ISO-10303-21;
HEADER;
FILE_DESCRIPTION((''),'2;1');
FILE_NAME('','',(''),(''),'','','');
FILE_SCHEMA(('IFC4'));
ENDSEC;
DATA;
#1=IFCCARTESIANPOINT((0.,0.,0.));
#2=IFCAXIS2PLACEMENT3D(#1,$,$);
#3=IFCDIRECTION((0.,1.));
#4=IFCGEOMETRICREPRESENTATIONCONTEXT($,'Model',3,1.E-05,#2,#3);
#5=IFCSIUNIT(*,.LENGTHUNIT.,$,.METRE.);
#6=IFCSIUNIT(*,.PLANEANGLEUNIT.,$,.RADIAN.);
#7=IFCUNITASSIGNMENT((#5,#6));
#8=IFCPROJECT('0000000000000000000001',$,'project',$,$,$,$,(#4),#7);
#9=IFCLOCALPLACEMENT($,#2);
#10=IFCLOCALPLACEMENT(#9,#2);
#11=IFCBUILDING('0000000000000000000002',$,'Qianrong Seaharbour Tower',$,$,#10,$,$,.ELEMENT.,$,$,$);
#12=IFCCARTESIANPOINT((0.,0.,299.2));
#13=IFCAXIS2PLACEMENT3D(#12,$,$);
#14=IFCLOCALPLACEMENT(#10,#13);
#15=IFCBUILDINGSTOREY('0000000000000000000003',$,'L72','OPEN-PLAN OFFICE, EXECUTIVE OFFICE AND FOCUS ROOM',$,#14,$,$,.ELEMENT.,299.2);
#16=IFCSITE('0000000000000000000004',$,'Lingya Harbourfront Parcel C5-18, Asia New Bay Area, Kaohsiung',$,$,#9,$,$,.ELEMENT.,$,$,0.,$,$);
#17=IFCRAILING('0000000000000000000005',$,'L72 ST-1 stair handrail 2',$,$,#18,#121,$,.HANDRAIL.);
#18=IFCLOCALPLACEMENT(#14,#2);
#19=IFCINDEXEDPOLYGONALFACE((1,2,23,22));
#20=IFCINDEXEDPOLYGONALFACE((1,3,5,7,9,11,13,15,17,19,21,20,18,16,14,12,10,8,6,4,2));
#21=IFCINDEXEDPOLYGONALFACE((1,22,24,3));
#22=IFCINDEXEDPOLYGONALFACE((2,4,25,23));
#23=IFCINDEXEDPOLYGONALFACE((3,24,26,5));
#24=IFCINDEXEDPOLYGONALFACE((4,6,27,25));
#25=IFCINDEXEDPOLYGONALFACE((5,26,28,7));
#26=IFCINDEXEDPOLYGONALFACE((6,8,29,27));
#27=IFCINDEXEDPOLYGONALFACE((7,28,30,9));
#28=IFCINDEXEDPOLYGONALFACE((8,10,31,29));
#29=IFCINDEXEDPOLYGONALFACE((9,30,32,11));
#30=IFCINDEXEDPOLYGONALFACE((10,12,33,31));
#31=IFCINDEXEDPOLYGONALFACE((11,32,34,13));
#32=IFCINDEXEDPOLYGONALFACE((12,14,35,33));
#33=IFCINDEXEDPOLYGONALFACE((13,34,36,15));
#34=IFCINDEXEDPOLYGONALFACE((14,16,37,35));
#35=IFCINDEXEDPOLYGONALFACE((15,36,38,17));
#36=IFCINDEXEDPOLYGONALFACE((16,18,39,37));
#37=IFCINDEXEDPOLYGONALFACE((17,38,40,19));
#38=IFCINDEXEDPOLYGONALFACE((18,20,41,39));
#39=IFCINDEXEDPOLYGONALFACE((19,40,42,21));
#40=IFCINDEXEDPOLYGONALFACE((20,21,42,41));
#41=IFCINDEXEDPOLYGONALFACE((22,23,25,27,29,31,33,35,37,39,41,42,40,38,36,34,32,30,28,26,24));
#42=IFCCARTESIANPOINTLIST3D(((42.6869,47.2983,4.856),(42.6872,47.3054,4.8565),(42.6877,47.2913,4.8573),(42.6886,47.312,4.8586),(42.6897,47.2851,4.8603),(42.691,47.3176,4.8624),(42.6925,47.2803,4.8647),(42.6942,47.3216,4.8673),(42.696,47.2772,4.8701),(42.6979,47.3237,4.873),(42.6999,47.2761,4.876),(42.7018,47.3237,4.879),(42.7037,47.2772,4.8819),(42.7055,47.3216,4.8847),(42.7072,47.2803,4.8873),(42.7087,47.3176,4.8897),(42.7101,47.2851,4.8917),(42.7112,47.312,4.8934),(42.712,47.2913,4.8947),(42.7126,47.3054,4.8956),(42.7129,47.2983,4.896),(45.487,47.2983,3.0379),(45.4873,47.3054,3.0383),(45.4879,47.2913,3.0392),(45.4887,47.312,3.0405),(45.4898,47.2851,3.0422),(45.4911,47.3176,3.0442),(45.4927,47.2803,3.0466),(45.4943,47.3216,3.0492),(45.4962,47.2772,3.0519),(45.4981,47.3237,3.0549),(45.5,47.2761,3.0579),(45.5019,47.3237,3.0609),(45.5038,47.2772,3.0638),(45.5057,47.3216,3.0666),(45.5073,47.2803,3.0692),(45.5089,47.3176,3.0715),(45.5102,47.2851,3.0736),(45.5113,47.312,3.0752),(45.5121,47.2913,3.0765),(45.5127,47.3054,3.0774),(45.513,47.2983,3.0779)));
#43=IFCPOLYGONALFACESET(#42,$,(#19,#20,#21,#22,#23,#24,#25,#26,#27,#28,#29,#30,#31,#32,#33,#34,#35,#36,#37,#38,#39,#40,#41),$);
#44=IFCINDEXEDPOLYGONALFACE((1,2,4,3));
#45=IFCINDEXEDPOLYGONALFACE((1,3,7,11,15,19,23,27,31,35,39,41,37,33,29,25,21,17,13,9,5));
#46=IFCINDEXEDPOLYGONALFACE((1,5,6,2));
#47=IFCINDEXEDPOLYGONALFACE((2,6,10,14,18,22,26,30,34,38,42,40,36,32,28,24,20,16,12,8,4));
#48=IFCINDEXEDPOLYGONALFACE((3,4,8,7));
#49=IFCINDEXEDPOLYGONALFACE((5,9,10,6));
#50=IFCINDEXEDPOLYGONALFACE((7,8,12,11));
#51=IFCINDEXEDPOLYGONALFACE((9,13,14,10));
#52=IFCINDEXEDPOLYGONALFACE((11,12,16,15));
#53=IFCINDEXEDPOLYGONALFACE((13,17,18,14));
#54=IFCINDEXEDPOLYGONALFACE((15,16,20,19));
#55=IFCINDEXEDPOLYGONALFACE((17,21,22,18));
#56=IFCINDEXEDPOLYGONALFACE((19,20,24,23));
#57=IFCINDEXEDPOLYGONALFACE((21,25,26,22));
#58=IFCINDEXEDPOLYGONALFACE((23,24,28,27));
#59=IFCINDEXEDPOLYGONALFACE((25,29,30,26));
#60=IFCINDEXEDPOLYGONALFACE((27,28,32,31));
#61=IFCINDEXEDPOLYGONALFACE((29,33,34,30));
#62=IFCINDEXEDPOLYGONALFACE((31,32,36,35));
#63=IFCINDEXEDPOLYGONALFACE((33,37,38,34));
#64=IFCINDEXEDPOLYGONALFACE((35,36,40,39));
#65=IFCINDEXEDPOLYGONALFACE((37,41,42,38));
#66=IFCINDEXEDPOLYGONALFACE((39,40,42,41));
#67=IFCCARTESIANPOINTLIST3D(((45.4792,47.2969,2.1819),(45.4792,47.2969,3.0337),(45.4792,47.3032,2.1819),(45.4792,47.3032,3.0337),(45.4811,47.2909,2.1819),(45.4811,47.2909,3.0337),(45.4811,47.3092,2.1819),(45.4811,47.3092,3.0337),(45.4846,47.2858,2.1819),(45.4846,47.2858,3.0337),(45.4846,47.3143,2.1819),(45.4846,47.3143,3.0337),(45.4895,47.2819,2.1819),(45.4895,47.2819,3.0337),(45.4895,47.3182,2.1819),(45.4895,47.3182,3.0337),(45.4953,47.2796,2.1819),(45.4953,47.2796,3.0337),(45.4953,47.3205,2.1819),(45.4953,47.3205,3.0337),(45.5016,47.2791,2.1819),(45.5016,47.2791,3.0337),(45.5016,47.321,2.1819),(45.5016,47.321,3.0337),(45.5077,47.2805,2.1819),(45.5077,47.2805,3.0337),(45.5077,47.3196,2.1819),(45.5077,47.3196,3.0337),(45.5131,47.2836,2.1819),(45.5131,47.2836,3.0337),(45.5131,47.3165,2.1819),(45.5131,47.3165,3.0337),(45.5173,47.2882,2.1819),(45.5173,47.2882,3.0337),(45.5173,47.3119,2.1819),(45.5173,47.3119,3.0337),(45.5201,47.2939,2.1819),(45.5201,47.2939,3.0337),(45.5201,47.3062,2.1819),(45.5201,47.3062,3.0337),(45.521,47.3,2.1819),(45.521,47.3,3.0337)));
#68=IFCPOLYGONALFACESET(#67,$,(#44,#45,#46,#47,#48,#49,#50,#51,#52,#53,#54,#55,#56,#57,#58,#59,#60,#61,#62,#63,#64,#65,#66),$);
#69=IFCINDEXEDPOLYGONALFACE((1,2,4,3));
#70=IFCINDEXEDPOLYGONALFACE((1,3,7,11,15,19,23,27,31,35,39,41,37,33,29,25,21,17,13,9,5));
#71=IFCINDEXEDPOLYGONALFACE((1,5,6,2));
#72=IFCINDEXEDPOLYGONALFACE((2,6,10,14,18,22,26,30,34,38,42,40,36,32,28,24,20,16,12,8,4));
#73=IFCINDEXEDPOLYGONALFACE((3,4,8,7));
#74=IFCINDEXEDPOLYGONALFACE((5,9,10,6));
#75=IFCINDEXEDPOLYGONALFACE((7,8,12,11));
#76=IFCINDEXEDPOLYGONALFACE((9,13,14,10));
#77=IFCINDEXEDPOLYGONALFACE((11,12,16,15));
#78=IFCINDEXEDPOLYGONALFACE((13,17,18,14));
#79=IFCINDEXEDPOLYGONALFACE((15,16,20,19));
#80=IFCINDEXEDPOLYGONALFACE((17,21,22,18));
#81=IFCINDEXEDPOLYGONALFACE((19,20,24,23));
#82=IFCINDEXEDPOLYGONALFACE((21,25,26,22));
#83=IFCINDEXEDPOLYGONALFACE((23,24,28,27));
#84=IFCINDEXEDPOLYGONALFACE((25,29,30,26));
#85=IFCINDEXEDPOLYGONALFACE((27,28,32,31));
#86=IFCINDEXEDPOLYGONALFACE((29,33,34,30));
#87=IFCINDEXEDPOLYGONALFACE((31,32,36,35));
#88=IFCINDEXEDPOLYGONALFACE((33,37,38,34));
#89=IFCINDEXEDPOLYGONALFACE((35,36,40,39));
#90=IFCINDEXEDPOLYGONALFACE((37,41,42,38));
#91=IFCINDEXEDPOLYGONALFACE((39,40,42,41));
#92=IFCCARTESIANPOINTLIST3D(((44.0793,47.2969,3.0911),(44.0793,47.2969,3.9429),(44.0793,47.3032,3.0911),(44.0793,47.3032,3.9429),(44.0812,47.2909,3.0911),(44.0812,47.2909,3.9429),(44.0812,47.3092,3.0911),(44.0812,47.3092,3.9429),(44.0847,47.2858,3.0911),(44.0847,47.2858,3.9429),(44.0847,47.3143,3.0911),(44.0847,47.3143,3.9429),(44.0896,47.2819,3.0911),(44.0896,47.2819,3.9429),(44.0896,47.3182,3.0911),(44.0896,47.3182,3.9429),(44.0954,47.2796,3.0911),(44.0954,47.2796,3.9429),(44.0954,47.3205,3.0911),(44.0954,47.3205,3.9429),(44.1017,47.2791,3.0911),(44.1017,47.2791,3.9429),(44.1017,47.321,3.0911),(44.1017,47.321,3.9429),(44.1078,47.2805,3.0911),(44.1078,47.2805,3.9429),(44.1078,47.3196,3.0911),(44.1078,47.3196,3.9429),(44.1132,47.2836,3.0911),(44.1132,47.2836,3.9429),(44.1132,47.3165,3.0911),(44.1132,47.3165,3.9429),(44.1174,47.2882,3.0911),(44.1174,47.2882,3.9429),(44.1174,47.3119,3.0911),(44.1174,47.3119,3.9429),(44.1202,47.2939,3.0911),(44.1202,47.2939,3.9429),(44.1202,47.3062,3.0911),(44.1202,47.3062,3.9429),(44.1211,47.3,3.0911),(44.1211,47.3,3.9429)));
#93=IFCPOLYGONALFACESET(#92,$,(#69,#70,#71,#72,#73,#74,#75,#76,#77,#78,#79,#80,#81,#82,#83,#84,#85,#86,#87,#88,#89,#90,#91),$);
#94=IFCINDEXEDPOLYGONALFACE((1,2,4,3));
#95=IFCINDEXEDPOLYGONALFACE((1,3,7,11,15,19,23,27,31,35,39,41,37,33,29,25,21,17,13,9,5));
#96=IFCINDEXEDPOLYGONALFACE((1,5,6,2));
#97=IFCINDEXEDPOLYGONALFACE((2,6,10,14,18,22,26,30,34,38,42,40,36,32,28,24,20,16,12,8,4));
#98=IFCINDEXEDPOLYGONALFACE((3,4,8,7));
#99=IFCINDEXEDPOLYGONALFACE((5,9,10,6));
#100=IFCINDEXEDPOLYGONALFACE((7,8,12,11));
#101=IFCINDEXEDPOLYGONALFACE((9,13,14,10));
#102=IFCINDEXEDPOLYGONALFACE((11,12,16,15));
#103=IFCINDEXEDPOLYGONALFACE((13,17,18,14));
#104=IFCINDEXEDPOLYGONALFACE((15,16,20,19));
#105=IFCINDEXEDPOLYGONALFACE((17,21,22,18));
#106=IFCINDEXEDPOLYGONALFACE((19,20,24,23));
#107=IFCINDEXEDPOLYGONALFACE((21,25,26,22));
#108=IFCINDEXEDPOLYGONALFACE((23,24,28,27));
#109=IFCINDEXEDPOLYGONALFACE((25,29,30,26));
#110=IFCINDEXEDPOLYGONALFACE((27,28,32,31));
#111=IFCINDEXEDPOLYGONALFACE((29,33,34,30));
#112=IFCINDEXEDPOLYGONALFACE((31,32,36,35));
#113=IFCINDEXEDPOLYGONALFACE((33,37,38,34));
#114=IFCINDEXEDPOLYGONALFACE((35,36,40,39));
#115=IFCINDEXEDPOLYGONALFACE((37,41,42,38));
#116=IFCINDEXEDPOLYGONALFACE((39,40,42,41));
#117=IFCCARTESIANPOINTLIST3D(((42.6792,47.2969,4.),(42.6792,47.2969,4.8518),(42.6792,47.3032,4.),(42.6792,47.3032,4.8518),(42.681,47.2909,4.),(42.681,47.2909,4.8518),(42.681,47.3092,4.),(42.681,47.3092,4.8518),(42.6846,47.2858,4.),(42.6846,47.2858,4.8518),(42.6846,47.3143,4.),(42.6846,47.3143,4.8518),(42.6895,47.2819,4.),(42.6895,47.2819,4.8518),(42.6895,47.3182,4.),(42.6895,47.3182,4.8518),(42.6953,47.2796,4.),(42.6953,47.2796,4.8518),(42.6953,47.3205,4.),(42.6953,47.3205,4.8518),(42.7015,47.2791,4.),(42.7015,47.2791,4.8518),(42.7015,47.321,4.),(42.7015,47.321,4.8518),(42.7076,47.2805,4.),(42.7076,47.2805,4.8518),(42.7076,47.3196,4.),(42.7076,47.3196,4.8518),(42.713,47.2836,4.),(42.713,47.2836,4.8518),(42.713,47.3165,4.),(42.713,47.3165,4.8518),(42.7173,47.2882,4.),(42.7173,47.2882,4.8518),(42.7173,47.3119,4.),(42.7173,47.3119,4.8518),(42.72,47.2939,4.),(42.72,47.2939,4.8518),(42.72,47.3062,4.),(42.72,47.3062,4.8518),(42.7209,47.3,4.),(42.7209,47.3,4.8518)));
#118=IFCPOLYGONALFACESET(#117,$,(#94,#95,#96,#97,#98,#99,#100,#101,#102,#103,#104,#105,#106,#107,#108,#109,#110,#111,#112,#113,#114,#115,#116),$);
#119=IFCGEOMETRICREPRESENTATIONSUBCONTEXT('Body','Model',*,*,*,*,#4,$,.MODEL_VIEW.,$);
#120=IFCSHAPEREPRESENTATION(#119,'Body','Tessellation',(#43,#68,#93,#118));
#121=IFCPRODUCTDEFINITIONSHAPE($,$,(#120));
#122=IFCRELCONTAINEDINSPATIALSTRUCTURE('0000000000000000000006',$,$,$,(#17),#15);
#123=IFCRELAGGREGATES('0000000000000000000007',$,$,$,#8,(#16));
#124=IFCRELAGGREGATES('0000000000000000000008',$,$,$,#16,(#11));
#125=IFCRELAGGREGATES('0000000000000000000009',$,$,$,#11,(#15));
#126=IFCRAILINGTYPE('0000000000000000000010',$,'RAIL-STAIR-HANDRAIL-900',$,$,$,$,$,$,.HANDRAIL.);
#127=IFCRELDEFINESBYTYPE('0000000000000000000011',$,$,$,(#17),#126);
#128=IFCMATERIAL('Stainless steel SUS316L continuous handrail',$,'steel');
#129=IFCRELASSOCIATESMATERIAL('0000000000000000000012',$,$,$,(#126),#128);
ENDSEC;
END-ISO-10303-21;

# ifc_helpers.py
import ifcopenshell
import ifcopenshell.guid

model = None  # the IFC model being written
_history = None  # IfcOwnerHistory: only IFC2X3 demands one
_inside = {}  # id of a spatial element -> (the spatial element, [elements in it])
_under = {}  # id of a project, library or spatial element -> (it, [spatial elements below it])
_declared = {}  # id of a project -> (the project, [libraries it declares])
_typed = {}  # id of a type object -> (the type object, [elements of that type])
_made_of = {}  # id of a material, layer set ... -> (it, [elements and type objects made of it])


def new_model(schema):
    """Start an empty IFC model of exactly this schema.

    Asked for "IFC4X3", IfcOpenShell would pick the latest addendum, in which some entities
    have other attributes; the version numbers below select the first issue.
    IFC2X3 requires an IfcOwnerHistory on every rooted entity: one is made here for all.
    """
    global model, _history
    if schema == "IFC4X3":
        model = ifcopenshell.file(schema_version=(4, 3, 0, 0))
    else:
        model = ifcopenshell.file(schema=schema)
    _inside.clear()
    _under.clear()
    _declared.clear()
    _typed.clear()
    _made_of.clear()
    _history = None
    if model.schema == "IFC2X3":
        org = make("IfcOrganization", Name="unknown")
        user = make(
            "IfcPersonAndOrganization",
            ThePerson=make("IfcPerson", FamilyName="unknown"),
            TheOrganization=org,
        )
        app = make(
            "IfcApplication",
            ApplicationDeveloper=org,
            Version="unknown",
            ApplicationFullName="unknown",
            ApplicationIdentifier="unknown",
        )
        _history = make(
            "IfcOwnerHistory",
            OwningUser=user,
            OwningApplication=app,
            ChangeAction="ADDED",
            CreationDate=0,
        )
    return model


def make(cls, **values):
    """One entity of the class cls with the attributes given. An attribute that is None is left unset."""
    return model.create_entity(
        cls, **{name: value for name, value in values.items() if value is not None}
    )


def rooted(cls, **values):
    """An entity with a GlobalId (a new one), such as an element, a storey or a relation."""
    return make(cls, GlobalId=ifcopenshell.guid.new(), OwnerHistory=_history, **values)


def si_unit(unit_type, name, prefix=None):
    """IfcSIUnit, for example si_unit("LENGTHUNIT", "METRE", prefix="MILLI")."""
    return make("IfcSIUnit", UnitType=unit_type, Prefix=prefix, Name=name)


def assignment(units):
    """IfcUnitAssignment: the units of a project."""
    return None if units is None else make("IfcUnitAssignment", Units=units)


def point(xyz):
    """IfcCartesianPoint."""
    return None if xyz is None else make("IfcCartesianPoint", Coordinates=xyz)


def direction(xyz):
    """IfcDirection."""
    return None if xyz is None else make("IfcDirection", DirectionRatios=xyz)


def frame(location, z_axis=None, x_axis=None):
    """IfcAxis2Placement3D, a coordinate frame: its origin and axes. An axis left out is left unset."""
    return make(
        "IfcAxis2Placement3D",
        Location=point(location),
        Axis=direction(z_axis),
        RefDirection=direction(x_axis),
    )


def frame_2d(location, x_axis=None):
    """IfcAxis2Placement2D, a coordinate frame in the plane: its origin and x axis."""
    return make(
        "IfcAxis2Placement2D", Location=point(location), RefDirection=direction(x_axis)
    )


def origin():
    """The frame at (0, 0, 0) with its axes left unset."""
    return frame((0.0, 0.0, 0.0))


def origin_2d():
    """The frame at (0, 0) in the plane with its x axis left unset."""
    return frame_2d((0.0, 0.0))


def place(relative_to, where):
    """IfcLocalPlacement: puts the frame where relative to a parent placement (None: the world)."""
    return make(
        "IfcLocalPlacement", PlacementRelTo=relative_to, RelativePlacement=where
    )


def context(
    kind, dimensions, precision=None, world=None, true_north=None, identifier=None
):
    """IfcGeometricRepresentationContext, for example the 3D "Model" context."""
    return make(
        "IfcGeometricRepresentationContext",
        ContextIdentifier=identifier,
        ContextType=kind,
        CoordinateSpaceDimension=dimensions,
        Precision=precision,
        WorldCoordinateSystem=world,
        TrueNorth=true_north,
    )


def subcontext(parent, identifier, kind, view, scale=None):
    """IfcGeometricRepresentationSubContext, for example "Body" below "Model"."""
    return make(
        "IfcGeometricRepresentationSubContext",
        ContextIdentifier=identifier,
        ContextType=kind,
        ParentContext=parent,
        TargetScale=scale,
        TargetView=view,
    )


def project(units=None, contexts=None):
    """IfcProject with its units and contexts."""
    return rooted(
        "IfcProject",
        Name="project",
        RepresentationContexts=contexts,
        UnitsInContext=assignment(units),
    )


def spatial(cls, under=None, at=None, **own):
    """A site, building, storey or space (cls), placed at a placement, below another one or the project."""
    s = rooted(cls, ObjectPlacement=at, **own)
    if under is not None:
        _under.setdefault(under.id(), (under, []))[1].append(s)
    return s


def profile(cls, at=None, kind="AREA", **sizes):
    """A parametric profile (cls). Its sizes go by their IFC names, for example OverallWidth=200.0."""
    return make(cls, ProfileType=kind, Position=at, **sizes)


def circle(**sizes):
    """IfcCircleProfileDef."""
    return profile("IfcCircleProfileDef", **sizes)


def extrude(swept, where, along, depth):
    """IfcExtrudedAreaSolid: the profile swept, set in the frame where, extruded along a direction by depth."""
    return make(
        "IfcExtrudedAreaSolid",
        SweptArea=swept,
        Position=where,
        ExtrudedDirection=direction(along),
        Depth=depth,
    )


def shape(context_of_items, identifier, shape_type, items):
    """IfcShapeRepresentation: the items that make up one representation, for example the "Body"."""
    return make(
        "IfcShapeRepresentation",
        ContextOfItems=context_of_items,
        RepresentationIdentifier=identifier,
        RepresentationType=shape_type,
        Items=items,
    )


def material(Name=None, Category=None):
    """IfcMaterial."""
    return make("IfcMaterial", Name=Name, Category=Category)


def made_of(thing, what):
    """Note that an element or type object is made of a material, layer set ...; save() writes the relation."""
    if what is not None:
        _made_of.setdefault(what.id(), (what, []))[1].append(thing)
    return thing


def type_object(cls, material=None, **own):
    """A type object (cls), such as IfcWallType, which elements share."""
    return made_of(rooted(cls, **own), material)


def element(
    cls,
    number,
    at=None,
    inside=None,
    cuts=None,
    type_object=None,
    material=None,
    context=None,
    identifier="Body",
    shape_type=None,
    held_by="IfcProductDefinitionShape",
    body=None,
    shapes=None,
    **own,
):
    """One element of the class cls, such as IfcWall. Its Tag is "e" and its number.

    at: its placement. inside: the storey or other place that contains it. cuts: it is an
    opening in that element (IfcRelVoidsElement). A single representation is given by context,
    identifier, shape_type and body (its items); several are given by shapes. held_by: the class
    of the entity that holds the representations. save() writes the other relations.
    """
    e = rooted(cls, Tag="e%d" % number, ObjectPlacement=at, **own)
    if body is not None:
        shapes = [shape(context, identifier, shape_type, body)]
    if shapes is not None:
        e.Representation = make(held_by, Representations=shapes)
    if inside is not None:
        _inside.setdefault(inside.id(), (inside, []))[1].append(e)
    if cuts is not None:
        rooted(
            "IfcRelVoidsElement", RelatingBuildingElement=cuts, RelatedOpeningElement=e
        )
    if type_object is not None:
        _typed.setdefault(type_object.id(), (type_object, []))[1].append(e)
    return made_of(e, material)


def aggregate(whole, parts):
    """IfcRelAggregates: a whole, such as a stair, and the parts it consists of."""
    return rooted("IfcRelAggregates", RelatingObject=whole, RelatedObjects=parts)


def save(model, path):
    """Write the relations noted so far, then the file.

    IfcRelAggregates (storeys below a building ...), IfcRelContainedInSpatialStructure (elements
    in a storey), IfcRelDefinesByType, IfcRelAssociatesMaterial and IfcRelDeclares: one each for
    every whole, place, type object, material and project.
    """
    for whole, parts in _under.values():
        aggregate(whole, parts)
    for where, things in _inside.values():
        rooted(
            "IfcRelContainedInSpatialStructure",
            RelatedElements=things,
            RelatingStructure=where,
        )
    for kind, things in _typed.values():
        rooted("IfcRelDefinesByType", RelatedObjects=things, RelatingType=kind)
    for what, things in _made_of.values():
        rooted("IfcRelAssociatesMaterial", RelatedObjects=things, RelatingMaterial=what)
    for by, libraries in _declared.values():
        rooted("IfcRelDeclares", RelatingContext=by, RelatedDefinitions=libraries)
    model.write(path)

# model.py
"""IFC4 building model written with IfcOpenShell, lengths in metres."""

from ifc_helpers import new_model, si_unit, direction, frame, origin, origin_2d, place, context, subcontext, project, spatial, circle, extrude, material, type_object, element, save


model = new_model("IFC4")

# Units and contexts
model_context = context("Model", 3, precision=1e-05, world=origin(), true_north=direction((0.0, 1.0)))
body_context = subcontext(model_context, "Body", "Model", "MODEL_VIEW")
ifc_project = project(units=[si_unit("LENGTHUNIT", "METRE"), si_unit("PLANEANGLEUNIT", "RADIAN")], contexts=[model_context])

# Site, building, storey
site_placement = place(None, origin())
site = spatial("IfcSite", under=ifc_project, at=site_placement, Name="Lingya Harbourfront Parcel C5-18, Asia New Bay Area, Kaohsiung", CompositionType="ELEMENT", RefElevation=0.0)
building_placement = place(site_placement, origin())
building = spatial("IfcBuilding", under=site, at=building_placement, Name="Qianrong Seaharbour Tower", CompositionType="ELEMENT")
storey_placement = place(building_placement, frame((0.0, 0.0, 299.2)))
storey = spatial("IfcBuildingStorey", under=building, at=storey_placement, Name="L72", Description="OPEN-PLAN OFFICE, EXECUTIVE OFFICE AND FOCUS ROOM", CompositionType="ELEMENT", Elevation=299.2)

# Railing
ifc_material_1 = material(Name="Stainless steel SUS316L continuous handrail", Category="steel")
railing_type_1 = type_object("IfcRailingType", Name="RAIL-STAIR-HANDRAIL-900", PredefinedType="HANDRAIL", material=ifc_material_1)
railing_1_placement = place(storey_placement, frame((45.5, 47.3, 2.1819)))
element("IfcRailing", 1, at=railing_1_placement, inside=storey, type_object=railing_type_1, Name="L72 ST-1 stair handrail 2", PredefinedType="HANDRAIL", context=body_context, shape_type="SweptSolid", body=[
    extrude(circle(Radius=0.0239, at=origin_2d()), frame((0.0, 0.0, 0.876), z_axis=(-0.838706, 0.0, 0.544585), x_axis=(0.0, -1.0, 0.0)), (0.0, 0.0, 1.0), 3.3386),
    extrude(circle(Radius=0.021, at=origin_2d()), origin(), (0.0, 0.0, 1.0), 0.8518),
    extrude(circle(Radius=0.021, at=origin_2d()), frame((-1.3999, 0.0, 0.9092)), (0.0, 0.0, 1.0), 0.8518),
    extrude(circle(Radius=0.021, at=origin_2d()), frame((-2.8, 0.0, 1.8181)), (0.0, 0.0, 1.0), 0.8518),
])

save(model, "model.ifc")
